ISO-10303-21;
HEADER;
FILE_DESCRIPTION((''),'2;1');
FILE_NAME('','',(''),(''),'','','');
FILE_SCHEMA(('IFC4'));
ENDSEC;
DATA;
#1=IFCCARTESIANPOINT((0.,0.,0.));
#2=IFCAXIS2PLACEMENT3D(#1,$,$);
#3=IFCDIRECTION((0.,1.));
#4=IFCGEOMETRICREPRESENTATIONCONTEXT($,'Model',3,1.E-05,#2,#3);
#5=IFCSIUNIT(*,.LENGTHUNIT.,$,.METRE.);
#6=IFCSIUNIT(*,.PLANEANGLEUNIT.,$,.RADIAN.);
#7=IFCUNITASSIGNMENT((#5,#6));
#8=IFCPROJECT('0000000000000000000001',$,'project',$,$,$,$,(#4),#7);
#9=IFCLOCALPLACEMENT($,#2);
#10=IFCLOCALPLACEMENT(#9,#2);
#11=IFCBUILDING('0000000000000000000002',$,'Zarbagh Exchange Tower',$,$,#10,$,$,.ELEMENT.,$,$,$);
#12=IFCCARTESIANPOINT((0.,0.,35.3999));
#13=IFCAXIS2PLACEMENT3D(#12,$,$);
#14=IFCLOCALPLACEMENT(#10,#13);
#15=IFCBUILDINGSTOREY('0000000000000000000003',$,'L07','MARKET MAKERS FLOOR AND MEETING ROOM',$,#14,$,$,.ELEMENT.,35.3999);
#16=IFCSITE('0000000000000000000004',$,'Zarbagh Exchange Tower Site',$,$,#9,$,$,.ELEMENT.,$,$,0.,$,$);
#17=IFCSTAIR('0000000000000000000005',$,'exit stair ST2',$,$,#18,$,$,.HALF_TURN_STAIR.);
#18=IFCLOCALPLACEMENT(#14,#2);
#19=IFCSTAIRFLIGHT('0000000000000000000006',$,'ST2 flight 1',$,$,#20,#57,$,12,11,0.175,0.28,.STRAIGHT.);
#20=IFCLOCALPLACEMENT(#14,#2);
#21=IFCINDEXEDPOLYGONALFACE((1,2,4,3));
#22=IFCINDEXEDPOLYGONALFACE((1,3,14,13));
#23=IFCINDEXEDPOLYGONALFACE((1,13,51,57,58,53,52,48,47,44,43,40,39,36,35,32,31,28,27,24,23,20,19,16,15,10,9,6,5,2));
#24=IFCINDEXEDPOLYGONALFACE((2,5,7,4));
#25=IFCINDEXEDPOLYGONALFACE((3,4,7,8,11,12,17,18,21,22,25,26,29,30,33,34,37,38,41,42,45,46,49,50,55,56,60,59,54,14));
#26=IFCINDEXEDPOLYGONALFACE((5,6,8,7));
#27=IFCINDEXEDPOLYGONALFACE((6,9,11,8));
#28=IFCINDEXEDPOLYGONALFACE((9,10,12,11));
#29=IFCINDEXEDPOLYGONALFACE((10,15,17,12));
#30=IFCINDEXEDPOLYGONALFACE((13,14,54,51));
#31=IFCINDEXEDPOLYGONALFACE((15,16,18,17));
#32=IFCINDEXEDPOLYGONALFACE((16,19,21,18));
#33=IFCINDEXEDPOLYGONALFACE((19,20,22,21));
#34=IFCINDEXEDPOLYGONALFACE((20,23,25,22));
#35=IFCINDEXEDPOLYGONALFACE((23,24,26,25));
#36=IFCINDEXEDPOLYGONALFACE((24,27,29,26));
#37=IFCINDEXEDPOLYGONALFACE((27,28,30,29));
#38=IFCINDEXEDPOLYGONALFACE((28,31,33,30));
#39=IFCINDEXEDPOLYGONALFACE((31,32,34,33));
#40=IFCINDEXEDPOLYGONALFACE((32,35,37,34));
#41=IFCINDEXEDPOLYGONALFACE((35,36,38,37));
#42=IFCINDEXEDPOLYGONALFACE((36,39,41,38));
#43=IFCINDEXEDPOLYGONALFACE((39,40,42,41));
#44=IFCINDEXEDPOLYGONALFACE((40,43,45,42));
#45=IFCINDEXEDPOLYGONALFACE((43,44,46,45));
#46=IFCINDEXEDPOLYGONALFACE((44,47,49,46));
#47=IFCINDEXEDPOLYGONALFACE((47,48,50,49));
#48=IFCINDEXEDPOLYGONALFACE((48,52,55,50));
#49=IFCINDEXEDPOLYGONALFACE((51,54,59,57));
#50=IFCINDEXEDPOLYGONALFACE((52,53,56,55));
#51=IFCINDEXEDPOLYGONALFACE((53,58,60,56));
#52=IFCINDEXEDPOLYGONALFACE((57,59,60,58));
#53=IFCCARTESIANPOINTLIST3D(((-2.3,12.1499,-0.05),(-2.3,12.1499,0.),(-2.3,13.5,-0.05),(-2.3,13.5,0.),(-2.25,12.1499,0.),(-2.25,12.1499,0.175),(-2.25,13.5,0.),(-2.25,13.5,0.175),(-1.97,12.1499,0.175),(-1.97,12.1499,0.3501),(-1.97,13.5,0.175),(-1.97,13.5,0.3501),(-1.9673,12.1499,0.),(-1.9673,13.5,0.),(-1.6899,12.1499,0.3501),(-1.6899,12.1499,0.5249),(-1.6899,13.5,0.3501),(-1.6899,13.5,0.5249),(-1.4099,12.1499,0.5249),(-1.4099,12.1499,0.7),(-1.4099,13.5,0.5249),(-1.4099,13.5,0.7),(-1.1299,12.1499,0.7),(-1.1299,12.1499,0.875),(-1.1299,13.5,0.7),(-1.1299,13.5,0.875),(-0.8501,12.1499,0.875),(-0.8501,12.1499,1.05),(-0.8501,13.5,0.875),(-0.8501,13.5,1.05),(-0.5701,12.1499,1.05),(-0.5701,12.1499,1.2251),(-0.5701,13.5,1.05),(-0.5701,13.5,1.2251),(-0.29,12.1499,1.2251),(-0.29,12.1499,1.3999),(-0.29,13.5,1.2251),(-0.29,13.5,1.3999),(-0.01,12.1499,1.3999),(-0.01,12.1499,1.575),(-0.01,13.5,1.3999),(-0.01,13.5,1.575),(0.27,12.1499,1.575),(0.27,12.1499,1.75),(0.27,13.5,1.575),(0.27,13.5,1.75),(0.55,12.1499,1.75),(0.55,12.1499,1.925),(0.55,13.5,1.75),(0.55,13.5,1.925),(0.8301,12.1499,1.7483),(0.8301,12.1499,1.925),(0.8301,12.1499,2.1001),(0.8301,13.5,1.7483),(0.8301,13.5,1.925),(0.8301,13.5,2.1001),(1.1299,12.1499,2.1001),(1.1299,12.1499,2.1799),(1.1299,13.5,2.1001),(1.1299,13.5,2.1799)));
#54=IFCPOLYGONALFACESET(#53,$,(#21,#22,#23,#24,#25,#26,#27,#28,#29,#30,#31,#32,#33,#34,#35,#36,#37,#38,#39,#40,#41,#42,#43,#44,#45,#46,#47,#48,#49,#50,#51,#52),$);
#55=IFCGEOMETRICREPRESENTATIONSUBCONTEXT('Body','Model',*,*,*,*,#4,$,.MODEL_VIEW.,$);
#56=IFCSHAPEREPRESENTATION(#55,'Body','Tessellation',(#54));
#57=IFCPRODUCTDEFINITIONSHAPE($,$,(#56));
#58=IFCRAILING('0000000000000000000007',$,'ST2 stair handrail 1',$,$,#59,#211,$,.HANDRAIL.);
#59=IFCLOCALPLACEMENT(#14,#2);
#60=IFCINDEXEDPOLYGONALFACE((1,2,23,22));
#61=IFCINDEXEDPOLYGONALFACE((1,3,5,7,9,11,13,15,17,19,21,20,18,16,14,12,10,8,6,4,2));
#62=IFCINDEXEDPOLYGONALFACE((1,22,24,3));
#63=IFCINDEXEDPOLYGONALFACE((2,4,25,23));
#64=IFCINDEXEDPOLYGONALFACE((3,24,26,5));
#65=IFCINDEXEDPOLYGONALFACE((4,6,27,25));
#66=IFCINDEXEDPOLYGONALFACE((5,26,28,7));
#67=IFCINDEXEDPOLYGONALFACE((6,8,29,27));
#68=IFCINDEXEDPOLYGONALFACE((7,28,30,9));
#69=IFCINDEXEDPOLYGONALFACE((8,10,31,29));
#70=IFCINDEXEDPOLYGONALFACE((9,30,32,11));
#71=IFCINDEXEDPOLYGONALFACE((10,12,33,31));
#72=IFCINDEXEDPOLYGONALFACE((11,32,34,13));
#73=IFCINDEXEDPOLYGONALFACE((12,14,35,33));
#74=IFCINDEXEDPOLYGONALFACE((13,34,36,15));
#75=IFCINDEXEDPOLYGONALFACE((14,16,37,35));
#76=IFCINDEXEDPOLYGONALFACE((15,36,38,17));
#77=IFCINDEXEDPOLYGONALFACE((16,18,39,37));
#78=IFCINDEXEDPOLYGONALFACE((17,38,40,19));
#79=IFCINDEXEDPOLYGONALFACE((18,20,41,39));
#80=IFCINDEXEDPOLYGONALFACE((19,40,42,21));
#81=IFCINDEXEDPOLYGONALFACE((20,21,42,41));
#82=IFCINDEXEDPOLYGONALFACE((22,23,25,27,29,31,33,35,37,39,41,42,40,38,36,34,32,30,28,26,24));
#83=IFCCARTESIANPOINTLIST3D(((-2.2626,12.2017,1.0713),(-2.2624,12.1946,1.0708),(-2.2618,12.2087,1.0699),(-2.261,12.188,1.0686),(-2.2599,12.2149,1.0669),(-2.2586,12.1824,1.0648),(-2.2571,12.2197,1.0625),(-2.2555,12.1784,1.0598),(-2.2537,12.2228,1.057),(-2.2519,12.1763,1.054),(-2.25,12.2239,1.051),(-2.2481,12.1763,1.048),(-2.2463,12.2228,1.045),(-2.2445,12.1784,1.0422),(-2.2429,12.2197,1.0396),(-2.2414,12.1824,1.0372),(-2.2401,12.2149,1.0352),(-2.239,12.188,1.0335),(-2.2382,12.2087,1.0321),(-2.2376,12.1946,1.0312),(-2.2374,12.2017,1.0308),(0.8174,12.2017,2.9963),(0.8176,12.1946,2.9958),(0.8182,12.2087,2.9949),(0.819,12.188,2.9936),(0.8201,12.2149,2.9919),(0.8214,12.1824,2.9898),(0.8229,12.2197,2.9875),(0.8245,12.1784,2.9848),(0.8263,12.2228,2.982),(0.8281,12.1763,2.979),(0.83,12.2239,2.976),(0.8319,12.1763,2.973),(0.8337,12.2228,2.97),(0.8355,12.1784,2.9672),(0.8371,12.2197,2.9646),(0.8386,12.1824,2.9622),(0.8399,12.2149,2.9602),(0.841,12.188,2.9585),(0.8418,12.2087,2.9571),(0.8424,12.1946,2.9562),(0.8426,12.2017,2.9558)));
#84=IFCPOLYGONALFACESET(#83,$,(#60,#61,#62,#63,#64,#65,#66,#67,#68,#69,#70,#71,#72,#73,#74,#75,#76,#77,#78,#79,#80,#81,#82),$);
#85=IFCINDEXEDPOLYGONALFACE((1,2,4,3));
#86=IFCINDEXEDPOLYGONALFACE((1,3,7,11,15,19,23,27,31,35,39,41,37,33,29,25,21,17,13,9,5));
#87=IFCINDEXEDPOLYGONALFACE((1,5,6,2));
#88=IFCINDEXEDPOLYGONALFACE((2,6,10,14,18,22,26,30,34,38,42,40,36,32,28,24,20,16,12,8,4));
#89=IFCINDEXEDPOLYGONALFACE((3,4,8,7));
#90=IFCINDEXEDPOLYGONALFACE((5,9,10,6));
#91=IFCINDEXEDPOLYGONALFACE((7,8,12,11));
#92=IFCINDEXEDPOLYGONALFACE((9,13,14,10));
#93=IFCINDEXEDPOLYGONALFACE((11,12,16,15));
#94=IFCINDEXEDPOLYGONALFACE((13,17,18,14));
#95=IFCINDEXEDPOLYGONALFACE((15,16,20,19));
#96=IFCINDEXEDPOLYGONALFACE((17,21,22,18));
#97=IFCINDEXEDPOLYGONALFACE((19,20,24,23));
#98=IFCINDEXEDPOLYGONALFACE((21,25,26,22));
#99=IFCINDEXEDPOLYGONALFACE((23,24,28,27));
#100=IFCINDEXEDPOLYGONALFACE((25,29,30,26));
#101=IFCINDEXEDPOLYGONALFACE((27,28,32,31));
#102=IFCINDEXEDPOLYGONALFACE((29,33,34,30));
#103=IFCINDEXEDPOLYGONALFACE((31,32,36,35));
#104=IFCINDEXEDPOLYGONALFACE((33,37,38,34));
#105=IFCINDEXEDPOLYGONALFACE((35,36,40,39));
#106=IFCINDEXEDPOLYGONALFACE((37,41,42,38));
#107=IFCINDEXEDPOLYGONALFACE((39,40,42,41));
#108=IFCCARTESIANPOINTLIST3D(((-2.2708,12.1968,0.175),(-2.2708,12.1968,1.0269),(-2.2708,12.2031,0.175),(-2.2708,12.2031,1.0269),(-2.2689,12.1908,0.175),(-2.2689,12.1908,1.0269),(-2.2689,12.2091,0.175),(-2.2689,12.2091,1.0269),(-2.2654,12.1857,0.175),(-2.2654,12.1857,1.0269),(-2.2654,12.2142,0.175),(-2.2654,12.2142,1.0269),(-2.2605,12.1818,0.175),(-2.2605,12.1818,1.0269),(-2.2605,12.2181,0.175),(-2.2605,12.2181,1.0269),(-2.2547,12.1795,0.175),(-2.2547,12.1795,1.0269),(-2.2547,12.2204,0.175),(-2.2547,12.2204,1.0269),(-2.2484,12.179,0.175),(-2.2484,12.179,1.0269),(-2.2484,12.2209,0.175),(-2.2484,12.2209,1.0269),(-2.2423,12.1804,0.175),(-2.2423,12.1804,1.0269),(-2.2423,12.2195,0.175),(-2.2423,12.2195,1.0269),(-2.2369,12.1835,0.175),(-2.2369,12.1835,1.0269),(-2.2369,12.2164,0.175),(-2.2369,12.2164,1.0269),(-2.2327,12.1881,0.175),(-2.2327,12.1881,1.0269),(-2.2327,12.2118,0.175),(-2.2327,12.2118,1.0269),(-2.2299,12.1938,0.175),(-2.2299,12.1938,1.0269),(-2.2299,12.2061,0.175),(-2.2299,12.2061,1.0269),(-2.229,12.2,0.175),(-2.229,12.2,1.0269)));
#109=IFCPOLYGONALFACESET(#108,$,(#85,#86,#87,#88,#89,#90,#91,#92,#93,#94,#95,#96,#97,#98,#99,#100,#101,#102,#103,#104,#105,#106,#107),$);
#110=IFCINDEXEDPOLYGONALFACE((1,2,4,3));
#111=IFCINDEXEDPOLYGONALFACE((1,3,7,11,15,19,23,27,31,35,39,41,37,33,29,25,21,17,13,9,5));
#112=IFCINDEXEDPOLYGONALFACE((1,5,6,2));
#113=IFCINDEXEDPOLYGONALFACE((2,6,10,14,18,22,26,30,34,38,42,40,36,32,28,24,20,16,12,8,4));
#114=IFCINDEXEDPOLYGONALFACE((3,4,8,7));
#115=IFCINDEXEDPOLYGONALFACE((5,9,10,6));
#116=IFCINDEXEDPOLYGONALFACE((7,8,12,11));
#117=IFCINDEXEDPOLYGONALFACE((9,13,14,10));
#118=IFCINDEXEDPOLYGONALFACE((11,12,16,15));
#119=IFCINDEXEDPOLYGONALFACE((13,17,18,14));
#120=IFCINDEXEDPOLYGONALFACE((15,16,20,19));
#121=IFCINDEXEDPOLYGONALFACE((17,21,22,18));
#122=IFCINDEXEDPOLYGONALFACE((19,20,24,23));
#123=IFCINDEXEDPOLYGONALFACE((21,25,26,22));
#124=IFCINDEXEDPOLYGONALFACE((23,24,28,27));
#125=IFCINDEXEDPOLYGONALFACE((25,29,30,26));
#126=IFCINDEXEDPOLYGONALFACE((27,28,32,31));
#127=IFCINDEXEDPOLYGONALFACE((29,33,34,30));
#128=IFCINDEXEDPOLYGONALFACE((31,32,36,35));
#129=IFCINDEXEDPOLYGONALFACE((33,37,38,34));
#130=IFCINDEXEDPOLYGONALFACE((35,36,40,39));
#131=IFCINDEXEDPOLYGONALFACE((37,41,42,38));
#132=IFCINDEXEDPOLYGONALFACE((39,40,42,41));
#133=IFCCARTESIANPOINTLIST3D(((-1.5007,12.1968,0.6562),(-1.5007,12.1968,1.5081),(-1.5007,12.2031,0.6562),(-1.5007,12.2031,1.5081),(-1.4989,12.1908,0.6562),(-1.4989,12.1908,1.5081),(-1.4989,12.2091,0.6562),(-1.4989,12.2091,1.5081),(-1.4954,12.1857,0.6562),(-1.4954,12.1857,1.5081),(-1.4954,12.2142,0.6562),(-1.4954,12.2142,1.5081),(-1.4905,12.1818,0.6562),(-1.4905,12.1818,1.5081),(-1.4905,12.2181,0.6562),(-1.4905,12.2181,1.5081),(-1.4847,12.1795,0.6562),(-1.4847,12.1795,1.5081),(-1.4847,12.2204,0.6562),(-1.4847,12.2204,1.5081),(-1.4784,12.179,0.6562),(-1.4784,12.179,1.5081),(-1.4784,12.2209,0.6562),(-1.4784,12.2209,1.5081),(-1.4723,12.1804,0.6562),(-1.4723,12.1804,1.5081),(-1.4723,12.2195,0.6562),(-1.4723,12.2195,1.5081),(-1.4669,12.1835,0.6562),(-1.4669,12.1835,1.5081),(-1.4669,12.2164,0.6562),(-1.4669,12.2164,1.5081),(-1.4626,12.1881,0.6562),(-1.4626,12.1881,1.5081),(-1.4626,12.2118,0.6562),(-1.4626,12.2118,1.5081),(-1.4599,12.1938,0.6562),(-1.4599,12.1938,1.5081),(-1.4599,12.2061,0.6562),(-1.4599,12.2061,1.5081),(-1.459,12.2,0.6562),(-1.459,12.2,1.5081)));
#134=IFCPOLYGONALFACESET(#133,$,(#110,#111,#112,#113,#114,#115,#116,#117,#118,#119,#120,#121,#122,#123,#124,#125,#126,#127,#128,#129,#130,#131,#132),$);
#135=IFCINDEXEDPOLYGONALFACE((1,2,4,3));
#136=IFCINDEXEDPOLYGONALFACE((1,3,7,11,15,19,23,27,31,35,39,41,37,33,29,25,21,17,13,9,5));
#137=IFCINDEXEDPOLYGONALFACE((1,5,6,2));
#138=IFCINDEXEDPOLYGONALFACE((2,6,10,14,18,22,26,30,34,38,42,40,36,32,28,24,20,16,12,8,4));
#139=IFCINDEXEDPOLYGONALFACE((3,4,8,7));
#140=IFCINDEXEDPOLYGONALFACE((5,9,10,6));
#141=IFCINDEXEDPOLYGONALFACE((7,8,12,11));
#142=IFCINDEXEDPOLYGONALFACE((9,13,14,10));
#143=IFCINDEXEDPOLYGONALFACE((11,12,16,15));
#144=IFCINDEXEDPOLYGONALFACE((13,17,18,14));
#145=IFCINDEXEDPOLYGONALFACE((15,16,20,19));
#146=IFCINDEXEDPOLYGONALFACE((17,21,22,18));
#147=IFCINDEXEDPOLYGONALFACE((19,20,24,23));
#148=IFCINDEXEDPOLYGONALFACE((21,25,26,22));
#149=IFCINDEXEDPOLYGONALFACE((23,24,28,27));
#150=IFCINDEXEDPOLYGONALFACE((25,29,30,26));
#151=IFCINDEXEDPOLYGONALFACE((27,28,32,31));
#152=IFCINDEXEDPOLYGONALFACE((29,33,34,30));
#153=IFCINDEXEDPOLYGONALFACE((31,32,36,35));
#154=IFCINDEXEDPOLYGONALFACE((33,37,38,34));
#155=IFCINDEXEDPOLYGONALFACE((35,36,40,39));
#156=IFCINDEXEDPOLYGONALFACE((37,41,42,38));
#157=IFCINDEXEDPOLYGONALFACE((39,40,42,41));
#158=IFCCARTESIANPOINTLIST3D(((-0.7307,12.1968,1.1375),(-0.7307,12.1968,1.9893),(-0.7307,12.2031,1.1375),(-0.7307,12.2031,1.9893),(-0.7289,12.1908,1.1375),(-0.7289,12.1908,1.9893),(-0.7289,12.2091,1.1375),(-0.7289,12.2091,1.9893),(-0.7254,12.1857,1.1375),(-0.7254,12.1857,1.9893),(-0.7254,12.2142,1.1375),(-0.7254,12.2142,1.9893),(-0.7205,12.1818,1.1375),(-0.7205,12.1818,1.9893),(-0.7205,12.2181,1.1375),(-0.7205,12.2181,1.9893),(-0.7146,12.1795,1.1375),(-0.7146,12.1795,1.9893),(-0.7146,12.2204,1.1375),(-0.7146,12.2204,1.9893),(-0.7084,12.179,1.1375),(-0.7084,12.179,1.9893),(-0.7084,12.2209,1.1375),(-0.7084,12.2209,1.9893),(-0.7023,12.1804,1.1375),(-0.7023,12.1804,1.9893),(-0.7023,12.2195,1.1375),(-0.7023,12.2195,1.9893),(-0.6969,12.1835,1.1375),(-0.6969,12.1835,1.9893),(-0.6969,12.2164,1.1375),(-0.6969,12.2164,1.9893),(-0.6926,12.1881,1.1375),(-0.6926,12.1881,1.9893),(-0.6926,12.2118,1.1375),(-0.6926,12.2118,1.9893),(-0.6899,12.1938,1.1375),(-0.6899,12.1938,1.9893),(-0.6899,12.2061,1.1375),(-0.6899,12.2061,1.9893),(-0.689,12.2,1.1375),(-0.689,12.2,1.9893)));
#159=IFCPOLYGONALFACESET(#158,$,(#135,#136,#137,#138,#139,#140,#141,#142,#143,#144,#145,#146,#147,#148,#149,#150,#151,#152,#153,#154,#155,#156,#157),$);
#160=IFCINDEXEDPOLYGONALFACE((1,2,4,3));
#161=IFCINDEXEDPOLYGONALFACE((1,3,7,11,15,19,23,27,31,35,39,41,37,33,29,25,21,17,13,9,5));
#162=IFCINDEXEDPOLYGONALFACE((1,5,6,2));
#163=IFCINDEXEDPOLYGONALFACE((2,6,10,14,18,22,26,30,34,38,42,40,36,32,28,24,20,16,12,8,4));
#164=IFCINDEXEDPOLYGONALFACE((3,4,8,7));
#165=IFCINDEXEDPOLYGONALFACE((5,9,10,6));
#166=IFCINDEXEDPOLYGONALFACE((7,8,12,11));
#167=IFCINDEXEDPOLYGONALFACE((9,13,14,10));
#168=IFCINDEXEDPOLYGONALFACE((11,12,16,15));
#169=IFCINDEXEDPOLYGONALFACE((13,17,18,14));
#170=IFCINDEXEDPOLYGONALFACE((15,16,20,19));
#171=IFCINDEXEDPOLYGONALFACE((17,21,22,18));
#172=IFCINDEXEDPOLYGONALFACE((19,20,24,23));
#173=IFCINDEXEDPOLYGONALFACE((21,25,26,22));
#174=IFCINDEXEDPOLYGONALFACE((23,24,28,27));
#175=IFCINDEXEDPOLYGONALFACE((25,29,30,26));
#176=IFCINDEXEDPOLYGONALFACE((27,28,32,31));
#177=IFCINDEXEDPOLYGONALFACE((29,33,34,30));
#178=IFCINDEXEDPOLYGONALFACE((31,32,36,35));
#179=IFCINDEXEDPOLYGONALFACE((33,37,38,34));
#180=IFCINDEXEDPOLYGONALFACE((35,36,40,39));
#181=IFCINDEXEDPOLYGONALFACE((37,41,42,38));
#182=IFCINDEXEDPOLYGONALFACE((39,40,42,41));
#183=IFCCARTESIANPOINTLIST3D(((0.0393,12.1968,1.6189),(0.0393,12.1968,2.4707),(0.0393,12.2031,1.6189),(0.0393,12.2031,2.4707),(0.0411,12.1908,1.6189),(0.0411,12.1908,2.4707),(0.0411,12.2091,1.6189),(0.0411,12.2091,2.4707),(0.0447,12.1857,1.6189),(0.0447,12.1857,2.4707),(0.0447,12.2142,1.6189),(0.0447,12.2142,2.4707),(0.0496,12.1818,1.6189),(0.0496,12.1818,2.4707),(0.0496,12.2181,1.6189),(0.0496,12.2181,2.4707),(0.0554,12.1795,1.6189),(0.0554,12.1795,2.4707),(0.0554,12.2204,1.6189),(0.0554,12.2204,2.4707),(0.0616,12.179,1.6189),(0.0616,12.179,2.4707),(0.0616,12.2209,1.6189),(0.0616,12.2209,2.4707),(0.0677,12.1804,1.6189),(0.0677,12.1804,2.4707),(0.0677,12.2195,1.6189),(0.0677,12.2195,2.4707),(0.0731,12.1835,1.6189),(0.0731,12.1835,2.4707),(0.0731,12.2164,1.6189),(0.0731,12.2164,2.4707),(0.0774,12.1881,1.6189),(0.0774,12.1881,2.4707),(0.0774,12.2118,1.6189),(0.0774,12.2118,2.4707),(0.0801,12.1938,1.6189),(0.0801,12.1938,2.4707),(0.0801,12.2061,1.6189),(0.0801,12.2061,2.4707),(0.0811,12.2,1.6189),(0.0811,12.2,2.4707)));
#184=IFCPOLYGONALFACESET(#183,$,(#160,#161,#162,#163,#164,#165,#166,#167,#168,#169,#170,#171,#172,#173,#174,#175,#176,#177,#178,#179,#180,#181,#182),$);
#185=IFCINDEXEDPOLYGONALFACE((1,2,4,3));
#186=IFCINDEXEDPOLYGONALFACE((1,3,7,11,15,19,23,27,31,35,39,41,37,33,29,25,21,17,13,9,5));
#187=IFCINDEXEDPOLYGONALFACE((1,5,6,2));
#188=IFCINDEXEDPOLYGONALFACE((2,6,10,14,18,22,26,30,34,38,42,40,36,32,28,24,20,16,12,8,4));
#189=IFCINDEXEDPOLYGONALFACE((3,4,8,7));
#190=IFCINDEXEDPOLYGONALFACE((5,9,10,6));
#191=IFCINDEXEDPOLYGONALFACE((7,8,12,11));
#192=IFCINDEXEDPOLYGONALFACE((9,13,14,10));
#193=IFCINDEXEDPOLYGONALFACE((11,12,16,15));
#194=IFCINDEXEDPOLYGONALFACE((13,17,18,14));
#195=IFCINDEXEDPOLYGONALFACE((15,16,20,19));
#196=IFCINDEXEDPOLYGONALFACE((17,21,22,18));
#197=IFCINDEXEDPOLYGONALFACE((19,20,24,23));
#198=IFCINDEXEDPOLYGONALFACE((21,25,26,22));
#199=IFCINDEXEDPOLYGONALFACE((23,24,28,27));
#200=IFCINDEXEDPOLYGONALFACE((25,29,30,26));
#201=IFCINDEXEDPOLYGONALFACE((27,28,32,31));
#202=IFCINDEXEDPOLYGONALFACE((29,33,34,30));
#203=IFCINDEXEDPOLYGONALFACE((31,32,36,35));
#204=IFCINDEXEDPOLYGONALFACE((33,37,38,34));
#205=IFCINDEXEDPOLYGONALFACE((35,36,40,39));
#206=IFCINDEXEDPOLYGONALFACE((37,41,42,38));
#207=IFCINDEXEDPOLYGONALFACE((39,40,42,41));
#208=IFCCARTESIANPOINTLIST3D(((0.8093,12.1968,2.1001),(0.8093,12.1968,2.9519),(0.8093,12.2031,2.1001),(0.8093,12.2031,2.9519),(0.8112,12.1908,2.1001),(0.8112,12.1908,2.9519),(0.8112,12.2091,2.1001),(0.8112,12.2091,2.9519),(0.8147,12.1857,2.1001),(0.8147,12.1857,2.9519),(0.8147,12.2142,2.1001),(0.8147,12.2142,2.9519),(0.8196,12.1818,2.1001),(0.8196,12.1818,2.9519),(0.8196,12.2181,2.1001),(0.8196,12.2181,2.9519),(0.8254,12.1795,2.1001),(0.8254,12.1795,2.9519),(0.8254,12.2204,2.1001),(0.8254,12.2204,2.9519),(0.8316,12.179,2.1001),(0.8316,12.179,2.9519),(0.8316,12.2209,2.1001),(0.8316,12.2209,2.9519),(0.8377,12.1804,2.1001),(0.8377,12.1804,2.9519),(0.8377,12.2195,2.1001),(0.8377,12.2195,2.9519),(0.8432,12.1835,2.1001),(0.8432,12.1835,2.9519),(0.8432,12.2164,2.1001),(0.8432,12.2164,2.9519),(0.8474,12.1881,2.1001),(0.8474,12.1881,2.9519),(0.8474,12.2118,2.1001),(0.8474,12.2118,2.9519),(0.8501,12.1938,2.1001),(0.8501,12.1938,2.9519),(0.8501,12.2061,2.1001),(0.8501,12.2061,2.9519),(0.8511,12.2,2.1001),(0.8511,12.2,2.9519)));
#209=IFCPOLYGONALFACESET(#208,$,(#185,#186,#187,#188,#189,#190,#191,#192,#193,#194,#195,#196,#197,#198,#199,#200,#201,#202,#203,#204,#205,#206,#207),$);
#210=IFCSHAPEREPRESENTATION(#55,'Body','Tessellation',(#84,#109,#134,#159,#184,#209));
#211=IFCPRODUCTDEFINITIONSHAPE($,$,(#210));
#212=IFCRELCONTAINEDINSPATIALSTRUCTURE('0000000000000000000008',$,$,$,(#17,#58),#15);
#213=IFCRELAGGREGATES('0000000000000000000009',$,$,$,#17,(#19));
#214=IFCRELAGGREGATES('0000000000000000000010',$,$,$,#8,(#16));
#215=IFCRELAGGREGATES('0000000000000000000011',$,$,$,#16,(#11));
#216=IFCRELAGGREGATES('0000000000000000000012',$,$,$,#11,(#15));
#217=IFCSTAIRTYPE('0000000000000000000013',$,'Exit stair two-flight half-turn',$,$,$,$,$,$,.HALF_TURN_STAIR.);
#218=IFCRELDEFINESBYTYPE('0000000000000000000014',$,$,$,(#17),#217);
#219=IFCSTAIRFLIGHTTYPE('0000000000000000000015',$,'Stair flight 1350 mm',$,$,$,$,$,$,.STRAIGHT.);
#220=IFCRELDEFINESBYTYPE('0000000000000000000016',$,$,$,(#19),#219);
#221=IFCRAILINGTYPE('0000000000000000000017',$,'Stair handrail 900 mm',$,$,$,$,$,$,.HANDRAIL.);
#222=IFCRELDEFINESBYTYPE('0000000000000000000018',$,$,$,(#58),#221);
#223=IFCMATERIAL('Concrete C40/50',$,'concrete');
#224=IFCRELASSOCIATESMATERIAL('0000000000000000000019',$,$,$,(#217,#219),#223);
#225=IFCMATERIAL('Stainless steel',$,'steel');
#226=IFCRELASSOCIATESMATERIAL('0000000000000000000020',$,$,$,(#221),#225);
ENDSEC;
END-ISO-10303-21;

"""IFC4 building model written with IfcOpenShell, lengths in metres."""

from ifc_helpers import new_model, si_unit, direction, frame, origin, origin_2d, place, context, subcontext, project, spatial, polyline, circle, outline, extrude, material, type_object, element, aggregate, save


model = new_model("IFC4")

# Units and contexts
model_context = context("Model", 3, precision=1e-05, world=origin(), true_north=direction((0.0, 1.0)))
body_context = subcontext(model_context, "Body", "Model", "MODEL_VIEW")
ifc_project = project(units=[si_unit("LENGTHUNIT", "METRE"), si_unit("PLANEANGLEUNIT", "RADIAN")], contexts=[model_context])

# Site, building, storey
site_placement = place(None, origin())
site = spatial("IfcSite", under=ifc_project, at=site_placement, Name="Zarbagh Exchange Tower Site", CompositionType="ELEMENT", RefElevation=0.0)
building_placement = place(site_placement, origin())
building = spatial("IfcBuilding", under=site, at=building_placement, Name="Zarbagh Exchange Tower", CompositionType="ELEMENT")
storey_placement = place(building_placement, frame((0.0, 0.0, 35.3999)))
storey = spatial("IfcBuildingStorey", under=building, at=storey_placement, Name="L07", Description="MARKET MAKERS FLOOR AND MEETING ROOM", CompositionType="ELEMENT", Elevation=35.3999)

# Shared definitions
ifc_material_1 = material(Name="Concrete C40/50", Category="concrete")

# Stair, stair flight
stair_type = type_object("IfcStairType", Name="Exit stair two-flight half-turn", PredefinedType="HALF_TURN_STAIR", material=ifc_material_1)
stair_placement = place(storey_placement, origin())
stair = element("IfcStair", 1, at=stair_placement, inside=storey, type_object=stair_type, Name="exit stair ST2", PredefinedType="HALF_TURN_STAIR")
stair_flight_type = type_object("IfcStairFlightType", Name="Stair flight 1350 mm", PredefinedType="STRAIGHT", material=ifc_material_1)
stair_flight_placement = place(storey_placement, frame((-2.25, 12.825, 0.0), z_axis=(0.0, 0.0, 1.0), x_axis=(1.0, 0.0, 0.0)))
stair_flight = element("IfcStairFlight", 2, at=stair_flight_placement, type_object=stair_flight_type, Name="ST2 flight 1", NumberOfRisers=12, NumberOfTreads=11, PredefinedType="STRAIGHT", RiserHeight=0.175, TreadLength=0.28, context=body_context, shape_type="SweptSolid", body=[
    extrude(outline(polyline([(-0.05, -0.05), (-0.05, 0.0), (0.0, 0.0), (0.0, 0.175), (0.28, 0.175), (0.28, 0.3501), (0.5601, 0.3501), (0.5601, 0.5249), (0.8401, 0.5249), (0.8401, 0.7), (1.1201, 0.7), (1.1201, 0.875), (1.3999, 0.875), (1.3999, 1.05), (1.6799, 1.05), (1.6799, 1.2251), (1.96, 1.2251), (1.96, 1.3999), (2.24, 1.3999), (2.24, 1.575), (2.52, 1.575), (2.52, 1.75), (2.8, 1.75), (2.8, 1.925), (3.0801, 1.925), (3.0801, 2.1001), (3.3799, 2.1799), (3.3799, 2.1001), (3.0801, 1.7483), (0.2827, 0.0), (-0.05, -0.05)])), frame((0.0, 0.675, 0.0), z_axis=(0.0, -1.0, 0.0), x_axis=(1.0, 0.0, 0.0)), (0.0, 0.0, 1.0), 1.3501),
])
aggregate(stair, [stair_flight])

# Railing
ifc_material_2 = material(Name="Stainless steel", Category="steel")
railing_type = type_object("IfcRailingType", Name="Stair handrail 900 mm", PredefinedType="HANDRAIL", material=ifc_material_2)
railing_placement = place(storey_placement, frame((-2.25, 12.2, 0.175)))
element("IfcRailing", 3, at=railing_placement, inside=storey, type_object=railing_type, Name="ST2 stair handrail 1", PredefinedType="HANDRAIL", context=body_context, shape_type="SweptSolid", body=[
    extrude(circle(Radius=0.0239, at=origin_2d()), frame((0.0, 0.0, 0.876), z_axis=(0.847998, 0.0, 0.529999), x_axis=(0.0, 1.0, 0.0)), (0.0, 0.0, 1.0), 3.6321),
    extrude(circle(Radius=0.021, at=origin_2d()), origin(), (0.0, 0.0, 1.0), 0.8518),
    extrude(circle(Radius=0.021, at=origin_2d()), frame((0.77, 0.0, 0.4812)), (0.0, 0.0, 1.0), 0.8518),
    extrude(circle(Radius=0.021, at=origin_2d()), frame((1.54, 0.0, 0.9624)), (0.0, 0.0, 1.0), 0.8518),
    extrude(circle(Radius=0.021, at=origin_2d()), frame((2.3101, 0.0, 1.4438)), (0.0, 0.0, 1.0), 0.8518),
    extrude(circle(Radius=0.021, at=origin_2d()), frame((3.0801, 0.0, 1.925)), (0.0, 0.0, 1.0), 0.8518),
])

save(model, "model.ifc")
